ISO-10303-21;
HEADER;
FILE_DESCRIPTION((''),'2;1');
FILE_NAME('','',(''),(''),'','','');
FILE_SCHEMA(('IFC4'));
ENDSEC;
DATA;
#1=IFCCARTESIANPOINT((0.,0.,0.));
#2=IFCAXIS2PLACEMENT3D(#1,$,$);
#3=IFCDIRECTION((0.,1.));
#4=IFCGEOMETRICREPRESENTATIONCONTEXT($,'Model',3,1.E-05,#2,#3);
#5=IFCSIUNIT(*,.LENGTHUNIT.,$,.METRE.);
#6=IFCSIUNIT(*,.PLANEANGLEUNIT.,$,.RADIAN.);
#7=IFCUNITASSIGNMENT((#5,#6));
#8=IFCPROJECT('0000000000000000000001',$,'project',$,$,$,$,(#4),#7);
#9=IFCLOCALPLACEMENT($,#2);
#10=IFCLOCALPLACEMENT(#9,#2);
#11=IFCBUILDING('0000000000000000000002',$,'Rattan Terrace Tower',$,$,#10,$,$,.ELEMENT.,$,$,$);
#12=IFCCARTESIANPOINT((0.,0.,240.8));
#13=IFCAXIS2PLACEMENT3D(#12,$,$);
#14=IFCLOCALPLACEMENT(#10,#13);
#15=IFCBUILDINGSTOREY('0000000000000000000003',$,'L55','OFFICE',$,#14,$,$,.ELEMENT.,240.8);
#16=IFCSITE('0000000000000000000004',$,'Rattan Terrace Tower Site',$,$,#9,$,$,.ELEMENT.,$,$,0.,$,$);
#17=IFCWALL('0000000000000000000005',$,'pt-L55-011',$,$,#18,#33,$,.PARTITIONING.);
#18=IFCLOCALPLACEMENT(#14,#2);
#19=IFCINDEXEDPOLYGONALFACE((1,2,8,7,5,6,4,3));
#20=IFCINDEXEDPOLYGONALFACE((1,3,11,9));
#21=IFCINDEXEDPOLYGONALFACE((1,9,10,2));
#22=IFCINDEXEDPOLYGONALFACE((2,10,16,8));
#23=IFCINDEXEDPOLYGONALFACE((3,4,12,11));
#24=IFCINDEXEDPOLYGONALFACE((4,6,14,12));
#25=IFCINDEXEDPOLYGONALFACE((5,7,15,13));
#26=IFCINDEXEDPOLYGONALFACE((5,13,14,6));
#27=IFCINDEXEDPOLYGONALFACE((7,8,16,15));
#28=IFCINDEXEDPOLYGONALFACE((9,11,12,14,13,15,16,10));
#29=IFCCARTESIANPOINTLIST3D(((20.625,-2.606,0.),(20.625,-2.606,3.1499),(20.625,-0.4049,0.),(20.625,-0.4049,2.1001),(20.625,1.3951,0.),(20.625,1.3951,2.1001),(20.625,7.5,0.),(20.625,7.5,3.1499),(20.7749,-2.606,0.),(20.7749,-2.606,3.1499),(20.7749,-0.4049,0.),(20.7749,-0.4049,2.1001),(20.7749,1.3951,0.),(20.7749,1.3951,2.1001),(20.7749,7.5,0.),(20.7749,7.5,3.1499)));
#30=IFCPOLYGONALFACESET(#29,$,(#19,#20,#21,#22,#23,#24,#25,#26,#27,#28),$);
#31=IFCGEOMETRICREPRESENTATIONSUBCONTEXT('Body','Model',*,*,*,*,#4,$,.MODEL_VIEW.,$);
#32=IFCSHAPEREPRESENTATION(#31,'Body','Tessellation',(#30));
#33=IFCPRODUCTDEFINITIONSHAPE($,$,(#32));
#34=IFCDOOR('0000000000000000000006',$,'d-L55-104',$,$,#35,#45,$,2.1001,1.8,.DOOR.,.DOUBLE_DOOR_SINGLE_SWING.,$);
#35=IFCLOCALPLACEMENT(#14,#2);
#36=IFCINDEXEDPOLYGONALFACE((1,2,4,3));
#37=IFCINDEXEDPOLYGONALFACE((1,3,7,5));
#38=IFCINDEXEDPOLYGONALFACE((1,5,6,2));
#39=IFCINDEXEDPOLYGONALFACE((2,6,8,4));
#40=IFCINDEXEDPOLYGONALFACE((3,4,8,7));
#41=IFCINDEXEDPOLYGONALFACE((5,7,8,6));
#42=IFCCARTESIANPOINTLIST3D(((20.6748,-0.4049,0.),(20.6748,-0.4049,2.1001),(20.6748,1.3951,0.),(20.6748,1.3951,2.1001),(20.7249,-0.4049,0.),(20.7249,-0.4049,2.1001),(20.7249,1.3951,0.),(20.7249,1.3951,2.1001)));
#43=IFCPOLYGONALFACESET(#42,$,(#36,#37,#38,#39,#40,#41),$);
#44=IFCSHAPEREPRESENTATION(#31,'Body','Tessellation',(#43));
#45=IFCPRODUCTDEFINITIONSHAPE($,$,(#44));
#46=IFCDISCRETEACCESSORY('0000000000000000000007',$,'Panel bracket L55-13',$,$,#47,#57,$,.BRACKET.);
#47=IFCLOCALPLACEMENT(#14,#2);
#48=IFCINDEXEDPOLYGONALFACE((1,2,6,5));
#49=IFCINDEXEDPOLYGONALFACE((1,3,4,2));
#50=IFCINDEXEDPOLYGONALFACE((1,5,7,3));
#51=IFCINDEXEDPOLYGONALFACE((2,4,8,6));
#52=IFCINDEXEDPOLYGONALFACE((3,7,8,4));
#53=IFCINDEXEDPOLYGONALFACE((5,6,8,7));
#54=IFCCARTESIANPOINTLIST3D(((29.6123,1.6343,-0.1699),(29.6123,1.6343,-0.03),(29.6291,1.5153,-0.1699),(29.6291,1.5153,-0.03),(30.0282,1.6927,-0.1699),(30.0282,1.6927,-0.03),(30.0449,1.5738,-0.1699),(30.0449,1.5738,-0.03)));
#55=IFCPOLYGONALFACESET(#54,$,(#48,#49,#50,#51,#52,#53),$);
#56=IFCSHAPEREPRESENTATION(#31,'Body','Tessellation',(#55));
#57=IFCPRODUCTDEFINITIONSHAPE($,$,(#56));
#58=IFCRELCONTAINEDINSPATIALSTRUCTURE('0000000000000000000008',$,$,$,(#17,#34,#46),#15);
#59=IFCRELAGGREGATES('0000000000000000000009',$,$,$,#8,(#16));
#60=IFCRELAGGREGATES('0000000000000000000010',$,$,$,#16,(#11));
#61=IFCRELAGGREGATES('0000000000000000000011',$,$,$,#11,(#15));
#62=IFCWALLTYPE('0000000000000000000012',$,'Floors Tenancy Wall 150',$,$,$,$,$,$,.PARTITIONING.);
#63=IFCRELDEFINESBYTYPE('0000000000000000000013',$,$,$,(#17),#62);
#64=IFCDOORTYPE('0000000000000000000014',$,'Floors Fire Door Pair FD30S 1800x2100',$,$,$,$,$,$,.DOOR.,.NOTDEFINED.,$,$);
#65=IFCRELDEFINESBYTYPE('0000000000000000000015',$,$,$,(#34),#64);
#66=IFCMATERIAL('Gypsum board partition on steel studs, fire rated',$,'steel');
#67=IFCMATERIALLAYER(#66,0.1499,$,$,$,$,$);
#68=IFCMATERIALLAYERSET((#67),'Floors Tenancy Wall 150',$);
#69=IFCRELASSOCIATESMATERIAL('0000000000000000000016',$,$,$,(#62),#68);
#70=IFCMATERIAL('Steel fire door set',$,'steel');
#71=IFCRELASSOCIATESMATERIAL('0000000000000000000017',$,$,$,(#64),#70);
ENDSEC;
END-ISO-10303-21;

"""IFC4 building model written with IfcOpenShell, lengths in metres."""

from ifc_helpers import new_model, si_unit, direction, frame, frame_2d, origin, origin_2d, place, context, subcontext, project, spatial, rectangle, extrude, material, layer, layer_set, type_object, element, fill, save


model = new_model("IFC4")

# Units and contexts
model_context = context("Model", 3, precision=1e-05, world=origin(), true_north=direction((0.0, 1.0)))
body_context = subcontext(model_context, "Body", "Model", "MODEL_VIEW")
ifc_project = project(units=[si_unit("LENGTHUNIT", "METRE"), si_unit("PLANEANGLEUNIT", "RADIAN")], contexts=[model_context])

# Site, building, storey
site_placement = place(None, origin())
site = spatial("IfcSite", under=ifc_project, at=site_placement, Name="Rattan Terrace Tower Site", CompositionType="ELEMENT", RefElevation=0.0)
building_placement = place(site_placement, origin())
building = spatial("IfcBuilding", under=site, at=building_placement, Name="Rattan Terrace Tower", CompositionType="ELEMENT")
storey_placement = place(building_placement, frame((0.0, 0.0, 240.8)))
storey = spatial("IfcBuildingStorey", under=building, at=storey_placement, Name="L55", Description="OFFICE", CompositionType="ELEMENT", Elevation=240.8)

# Shared definitions
ifc_material_1 = material(Name="Gypsum board partition on steel studs, fire rated", Category="steel")
ifc_layer_1 = layer(ifc_material_1, 0.1499)
ifc_layer_set_1 = layer_set([ifc_layer_1], Name="Floors Tenancy Wall 150")
wall_type_1 = type_object("IfcWallType", Name="Floors Tenancy Wall 150", PredefinedType="PARTITIONING", material=ifc_layer_set_1)

# Wall, opening, door
wall_1_placement = place(storey_placement, frame((20.7, 7.5, 0.0), z_axis=(0.0, 0.0, 1.0), x_axis=(0.0, -1.0, 0.0)))
wall_1 = element("IfcWall", 1, at=wall_1_placement, inside=storey, type_object=wall_type_1, Name="pt-L55-011", PredefinedType="PARTITIONING", context=body_context, shape_type="SweptSolid", body=[
    extrude(rectangle(XDim=10.106, YDim=0.1499, at=frame_2d((5.053, 0.0))), origin(), (0.0, 0.0, 1.0), 3.1499),
])
opening_1_placement = place(wall_1_placement, frame((6.105, 0.0, 0.0)))
opening_1 = element("IfcOpeningElement", 2, at=opening_1_placement, cuts=wall_1, PredefinedType="OPENING", context=body_context, shape_type="SweptSolid", body=[
    extrude(rectangle(XDim=1.8, YDim=2.1001, at=frame_2d((0.8999, 1.05))), frame((0.0, 0.0854, 0.0), z_axis=(0.0, -1.0, 0.0), x_axis=(1.0, 0.0, 0.0)), (0.0, 0.0, 1.0), 0.1709),
])
ifc_material_2 = material(Name="Steel fire door set", Category="steel")
door_type_1 = type_object("IfcDoorType", Name="Floors Fire Door Pair FD30S 1800x2100", OperationType="NOTDEFINED", PredefinedType="DOOR", material=ifc_material_2)
door_1_placement = place(opening_1_placement, origin())
door_1 = element("IfcDoor", 3, at=door_1_placement, inside=storey, type_object=door_type_1, Name="d-L55-104", OperationType="DOUBLE_DOOR_SINGLE_SWING", OverallHeight=2.1001, OverallWidth=1.8, PredefinedType="DOOR", context=body_context, shape_type="SweptSolid", body=[
    extrude(rectangle(XDim=1.8, YDim=2.1001, at=frame_2d((0.8999, 1.05))), frame((0.0, 0.0249, 0.0), z_axis=(0.0, -1.0, 0.0), x_axis=(1.0, 0.0, 0.0)), (0.0, 0.0, 1.0), 0.05),
])
fill(opening_1, door_1)

# Discrete accessory
discrete_accessory_placement = place(storey_placement, frame((29.8286, 1.604, -0.1699), z_axis=(0.0, 0.0, 1.0), x_axis=(-0.139186, 0.990266, 0.0)))
element("IfcDiscreteAccessory", 4, at=discrete_accessory_placement, inside=storey, Name="Panel bracket L55-13", PredefinedType="BRACKET", context=body_context, shape_type="SweptSolid", body=[
    extrude(rectangle(XDim=0.1201, YDim=0.4199, at=origin_2d()), origin(), (0.0, 0.0, 1.0), 0.1399),
])

save(model, "model.ifc")
